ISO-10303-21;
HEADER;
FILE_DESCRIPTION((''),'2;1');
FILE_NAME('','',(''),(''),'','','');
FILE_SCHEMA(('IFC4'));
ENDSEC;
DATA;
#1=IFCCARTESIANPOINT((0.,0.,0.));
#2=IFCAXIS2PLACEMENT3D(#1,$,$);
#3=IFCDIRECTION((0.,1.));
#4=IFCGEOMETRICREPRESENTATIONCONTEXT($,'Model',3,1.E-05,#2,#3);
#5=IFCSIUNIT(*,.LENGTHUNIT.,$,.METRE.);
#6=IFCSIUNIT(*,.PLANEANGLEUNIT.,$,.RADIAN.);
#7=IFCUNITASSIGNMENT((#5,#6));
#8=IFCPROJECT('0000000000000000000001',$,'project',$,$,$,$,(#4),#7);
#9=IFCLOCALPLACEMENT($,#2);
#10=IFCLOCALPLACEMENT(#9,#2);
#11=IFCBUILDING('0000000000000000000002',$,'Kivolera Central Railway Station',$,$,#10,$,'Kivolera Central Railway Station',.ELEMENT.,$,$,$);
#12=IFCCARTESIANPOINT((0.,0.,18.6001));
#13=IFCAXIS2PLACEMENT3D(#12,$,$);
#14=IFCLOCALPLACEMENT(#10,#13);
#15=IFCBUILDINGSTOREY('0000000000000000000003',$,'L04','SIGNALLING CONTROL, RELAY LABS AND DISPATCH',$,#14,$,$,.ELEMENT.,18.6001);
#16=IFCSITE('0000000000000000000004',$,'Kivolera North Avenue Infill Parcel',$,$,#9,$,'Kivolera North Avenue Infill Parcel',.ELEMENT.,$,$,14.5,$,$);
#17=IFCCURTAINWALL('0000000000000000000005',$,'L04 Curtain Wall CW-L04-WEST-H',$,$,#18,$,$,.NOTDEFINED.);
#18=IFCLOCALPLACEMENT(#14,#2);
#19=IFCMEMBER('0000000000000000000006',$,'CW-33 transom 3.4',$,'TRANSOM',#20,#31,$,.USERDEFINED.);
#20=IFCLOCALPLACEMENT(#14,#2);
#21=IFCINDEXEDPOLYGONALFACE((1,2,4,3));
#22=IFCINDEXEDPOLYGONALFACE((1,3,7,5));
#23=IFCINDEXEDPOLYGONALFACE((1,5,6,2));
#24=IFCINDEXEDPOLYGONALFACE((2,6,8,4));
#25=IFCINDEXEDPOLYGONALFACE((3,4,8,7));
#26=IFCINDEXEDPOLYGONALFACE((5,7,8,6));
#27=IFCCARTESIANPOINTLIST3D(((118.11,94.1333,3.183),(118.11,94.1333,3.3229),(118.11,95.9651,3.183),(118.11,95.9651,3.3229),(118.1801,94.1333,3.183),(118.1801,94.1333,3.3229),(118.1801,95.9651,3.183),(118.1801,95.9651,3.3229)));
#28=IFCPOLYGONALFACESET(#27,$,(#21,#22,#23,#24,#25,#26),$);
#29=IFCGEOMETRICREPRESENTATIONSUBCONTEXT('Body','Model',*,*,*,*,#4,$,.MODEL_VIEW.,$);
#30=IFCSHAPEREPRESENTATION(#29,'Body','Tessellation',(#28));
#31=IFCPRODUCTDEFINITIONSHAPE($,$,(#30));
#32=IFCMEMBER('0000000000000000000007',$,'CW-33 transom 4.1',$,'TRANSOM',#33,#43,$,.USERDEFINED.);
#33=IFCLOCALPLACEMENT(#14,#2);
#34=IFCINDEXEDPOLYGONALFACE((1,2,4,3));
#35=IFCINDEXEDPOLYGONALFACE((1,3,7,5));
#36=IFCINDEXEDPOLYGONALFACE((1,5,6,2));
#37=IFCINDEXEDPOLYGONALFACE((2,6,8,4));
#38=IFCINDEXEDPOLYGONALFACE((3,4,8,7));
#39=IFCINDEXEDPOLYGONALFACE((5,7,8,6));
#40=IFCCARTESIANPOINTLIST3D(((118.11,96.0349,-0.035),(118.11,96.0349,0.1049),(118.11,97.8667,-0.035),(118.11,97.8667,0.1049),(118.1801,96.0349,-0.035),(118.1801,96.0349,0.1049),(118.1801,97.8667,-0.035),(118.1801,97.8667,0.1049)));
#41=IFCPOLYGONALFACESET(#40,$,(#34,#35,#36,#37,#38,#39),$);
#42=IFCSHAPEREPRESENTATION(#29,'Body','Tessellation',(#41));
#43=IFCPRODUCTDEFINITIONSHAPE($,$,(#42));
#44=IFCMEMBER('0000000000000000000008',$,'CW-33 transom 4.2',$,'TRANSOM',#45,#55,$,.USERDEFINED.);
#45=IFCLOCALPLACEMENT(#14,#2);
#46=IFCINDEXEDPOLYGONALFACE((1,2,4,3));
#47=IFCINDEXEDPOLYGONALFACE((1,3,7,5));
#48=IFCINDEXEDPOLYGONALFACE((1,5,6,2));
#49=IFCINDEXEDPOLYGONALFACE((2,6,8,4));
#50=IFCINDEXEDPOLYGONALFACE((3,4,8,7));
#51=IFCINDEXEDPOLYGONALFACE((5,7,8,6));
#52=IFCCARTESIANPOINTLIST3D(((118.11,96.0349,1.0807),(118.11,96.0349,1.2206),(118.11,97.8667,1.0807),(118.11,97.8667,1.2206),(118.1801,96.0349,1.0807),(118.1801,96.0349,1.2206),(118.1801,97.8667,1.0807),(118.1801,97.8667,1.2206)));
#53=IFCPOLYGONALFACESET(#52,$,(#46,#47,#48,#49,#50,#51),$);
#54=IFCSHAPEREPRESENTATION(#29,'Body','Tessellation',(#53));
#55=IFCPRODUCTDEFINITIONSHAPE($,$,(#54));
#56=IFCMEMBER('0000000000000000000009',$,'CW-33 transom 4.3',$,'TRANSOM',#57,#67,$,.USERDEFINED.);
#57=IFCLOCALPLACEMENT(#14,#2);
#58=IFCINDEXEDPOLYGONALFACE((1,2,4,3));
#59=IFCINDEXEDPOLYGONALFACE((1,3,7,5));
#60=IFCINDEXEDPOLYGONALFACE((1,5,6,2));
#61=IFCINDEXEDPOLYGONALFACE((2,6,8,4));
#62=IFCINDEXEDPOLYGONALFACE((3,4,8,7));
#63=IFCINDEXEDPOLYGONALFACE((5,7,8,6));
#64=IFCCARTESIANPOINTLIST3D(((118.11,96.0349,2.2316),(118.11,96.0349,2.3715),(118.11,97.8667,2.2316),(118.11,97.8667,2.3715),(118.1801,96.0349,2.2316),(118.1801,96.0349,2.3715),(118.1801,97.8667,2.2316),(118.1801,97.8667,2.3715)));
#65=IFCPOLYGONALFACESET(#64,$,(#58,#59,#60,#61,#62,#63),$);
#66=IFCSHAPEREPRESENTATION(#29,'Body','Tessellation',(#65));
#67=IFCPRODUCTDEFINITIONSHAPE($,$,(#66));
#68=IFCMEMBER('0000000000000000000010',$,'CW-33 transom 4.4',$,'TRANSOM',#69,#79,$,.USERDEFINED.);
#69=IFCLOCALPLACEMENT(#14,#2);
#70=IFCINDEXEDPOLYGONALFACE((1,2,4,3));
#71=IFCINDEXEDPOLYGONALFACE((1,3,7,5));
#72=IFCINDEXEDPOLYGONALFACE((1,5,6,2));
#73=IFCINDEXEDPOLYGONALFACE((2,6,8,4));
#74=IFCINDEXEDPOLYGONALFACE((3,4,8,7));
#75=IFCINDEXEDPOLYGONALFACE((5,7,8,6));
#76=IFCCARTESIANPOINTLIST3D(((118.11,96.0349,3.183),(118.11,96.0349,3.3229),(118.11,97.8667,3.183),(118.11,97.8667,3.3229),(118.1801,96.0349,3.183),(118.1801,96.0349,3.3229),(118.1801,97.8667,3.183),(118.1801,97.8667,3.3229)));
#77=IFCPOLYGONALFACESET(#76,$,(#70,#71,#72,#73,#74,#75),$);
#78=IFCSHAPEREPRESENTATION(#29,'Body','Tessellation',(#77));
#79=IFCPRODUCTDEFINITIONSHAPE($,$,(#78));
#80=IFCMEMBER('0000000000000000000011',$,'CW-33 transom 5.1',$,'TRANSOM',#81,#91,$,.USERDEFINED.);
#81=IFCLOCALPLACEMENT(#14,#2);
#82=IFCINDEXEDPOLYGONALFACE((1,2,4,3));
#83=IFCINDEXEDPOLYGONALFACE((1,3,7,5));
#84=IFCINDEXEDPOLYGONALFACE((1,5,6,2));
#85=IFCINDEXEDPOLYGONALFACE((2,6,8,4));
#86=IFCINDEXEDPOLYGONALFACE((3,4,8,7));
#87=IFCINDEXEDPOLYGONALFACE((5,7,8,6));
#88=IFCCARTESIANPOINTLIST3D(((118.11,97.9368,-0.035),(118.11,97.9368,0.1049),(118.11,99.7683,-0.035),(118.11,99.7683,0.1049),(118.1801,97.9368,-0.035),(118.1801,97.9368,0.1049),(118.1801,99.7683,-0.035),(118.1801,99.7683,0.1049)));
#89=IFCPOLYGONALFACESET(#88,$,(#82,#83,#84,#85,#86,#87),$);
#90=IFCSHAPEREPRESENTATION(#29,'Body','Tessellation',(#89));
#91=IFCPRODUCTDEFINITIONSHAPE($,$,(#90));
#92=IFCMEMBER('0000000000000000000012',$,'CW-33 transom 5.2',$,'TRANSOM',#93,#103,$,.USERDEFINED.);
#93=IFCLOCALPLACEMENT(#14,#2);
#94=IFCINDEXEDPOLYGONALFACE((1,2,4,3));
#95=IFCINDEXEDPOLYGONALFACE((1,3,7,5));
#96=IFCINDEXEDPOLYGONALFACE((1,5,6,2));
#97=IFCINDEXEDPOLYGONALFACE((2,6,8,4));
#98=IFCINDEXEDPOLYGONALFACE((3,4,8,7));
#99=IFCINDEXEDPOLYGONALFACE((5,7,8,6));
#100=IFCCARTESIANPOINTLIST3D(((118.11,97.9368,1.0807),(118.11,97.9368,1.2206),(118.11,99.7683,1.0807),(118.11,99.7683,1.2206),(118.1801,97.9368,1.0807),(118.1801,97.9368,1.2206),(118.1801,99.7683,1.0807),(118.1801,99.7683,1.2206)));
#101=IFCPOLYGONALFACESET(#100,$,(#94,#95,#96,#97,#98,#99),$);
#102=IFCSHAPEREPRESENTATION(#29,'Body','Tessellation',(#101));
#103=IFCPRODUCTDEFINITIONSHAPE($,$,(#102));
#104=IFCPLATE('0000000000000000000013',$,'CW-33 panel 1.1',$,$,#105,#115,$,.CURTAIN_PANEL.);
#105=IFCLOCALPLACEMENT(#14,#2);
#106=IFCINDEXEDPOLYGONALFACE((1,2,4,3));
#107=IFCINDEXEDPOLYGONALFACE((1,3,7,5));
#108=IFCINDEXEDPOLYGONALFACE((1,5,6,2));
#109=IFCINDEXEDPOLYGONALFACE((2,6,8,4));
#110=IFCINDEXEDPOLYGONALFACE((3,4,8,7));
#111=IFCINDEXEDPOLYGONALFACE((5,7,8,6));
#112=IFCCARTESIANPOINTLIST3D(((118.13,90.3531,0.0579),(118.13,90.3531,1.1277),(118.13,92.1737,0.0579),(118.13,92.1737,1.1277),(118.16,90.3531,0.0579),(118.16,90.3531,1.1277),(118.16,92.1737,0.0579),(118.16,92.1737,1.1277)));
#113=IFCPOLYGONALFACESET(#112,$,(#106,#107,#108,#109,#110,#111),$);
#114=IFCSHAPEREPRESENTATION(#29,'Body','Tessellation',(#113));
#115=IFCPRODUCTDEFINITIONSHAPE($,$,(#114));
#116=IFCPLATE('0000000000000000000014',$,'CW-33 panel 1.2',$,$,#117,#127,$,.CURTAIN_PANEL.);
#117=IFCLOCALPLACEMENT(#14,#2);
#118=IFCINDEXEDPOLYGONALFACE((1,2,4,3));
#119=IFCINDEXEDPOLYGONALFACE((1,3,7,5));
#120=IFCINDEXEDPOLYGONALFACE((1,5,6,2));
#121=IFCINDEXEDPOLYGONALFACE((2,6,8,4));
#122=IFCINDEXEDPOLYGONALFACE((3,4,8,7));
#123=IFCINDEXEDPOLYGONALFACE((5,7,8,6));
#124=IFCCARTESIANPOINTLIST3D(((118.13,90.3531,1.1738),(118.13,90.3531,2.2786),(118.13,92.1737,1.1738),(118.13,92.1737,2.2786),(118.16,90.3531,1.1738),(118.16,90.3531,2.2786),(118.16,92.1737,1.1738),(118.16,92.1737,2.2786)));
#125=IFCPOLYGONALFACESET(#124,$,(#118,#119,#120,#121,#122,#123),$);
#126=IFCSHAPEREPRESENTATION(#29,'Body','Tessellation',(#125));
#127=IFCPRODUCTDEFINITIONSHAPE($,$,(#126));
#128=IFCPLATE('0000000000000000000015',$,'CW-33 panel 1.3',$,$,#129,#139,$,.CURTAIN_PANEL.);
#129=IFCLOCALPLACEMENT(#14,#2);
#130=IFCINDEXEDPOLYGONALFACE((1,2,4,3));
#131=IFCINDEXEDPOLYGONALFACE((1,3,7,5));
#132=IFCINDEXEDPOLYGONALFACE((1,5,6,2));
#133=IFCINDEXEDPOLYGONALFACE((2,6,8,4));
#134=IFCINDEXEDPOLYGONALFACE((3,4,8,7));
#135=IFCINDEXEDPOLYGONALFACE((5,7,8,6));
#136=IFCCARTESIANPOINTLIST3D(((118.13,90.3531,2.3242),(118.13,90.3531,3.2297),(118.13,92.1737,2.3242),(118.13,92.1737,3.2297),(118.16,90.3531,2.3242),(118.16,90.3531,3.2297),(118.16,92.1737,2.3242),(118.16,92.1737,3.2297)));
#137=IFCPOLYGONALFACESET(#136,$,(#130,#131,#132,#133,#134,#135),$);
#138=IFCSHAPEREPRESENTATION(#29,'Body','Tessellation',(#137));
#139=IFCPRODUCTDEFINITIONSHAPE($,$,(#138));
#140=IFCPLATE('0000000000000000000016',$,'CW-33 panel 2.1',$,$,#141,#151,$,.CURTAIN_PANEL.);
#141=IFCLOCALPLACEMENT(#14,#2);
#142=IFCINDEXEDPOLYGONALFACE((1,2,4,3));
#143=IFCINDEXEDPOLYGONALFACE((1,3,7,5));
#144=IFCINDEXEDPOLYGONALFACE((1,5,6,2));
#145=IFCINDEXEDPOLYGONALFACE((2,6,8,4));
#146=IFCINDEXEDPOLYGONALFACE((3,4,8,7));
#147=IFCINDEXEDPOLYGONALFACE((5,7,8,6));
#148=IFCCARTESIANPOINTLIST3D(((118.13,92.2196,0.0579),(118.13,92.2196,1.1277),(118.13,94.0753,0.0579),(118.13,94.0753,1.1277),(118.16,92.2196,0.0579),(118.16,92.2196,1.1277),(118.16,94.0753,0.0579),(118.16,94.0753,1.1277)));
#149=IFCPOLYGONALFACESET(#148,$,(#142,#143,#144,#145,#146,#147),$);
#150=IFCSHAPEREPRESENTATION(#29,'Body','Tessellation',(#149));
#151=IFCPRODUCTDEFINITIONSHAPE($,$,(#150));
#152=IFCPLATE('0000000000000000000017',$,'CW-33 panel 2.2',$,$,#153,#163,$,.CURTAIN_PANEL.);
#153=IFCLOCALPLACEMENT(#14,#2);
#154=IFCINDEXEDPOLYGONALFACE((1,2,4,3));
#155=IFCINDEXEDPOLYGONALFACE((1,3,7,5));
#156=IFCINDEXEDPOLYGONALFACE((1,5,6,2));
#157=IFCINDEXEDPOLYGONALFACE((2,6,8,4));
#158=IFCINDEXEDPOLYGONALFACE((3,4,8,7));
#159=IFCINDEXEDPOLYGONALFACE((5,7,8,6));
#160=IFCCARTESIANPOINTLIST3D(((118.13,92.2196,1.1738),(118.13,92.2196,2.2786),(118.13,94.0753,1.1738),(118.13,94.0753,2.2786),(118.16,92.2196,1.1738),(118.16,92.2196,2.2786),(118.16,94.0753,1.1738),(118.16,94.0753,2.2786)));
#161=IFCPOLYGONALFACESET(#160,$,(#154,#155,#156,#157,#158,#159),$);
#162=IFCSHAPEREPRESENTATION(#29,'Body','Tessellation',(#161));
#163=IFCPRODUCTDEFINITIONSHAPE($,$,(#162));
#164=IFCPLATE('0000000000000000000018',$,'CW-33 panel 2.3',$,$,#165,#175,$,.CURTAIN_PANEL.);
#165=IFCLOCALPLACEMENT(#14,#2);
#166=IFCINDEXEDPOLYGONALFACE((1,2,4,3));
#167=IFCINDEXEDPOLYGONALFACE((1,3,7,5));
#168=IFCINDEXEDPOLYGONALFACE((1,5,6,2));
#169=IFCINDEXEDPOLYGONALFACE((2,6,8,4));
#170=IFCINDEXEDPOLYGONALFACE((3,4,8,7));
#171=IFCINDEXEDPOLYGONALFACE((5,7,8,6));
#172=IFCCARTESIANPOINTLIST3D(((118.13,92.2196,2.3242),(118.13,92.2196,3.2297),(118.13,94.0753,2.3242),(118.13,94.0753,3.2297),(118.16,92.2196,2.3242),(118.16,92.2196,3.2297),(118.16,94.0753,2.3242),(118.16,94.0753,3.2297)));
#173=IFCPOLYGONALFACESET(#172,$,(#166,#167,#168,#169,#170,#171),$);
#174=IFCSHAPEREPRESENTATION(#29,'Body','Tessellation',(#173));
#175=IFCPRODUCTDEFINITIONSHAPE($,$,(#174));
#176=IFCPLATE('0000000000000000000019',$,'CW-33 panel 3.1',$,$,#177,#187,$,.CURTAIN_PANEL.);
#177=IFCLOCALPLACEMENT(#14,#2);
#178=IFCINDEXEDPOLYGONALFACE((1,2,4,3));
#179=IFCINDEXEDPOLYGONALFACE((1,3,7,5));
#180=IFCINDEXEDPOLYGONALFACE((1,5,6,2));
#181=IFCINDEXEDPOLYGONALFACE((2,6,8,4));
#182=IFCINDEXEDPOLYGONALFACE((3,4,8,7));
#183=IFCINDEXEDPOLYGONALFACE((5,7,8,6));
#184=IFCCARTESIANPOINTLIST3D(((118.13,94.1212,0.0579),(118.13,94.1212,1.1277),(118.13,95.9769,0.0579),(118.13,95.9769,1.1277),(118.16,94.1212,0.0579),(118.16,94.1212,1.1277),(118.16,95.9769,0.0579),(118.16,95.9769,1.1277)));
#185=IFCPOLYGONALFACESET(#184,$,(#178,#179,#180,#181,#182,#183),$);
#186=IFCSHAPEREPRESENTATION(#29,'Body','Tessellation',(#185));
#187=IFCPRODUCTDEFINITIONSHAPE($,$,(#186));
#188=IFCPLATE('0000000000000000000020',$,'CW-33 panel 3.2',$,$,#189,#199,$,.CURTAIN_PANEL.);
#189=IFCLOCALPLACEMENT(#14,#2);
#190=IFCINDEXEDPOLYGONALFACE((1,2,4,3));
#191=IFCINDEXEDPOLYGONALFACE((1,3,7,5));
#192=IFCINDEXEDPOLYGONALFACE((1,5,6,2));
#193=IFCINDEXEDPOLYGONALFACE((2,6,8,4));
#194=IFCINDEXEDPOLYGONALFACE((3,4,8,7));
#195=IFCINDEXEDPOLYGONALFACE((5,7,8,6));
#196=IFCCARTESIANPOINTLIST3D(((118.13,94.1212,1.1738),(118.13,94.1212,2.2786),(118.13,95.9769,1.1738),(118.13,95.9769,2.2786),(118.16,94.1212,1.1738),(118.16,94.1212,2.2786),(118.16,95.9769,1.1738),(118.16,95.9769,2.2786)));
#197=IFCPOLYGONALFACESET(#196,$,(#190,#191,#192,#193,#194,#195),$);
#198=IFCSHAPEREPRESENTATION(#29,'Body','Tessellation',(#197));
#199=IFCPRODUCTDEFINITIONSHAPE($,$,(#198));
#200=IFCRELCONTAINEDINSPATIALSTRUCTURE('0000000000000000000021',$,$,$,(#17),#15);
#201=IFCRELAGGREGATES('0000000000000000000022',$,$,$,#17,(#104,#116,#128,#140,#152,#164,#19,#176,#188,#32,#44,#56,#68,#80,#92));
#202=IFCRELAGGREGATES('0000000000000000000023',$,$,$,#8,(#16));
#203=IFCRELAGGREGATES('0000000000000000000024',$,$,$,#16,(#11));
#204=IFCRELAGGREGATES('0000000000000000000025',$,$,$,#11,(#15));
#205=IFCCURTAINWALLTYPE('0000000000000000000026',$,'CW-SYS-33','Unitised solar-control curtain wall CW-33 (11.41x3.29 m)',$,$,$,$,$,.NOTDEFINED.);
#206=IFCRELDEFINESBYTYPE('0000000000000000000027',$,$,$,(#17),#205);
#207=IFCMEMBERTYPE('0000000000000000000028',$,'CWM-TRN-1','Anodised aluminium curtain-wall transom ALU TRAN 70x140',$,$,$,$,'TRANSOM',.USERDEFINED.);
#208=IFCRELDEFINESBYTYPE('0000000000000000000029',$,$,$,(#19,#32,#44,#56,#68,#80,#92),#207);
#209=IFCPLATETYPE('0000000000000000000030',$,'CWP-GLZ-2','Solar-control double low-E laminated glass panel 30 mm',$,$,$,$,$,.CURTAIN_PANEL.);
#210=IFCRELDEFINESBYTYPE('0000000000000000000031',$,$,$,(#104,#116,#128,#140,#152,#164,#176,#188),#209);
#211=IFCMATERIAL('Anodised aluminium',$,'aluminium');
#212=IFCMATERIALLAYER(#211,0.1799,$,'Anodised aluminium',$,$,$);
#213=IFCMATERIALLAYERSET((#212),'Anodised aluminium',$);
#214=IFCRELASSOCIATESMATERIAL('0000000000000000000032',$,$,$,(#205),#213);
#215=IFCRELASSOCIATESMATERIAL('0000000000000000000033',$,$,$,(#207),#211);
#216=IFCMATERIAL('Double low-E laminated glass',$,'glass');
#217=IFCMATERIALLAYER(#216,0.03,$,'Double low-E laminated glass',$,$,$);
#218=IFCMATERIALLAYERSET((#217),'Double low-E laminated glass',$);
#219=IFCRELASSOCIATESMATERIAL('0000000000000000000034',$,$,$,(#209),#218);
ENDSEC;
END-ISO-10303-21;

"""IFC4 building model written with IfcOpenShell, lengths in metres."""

from ifc_helpers import new_model, si_unit, direction, frame, origin, origin_2d, place, context, subcontext, project, spatial, rectangle, extrude, material, layer, layer_set, material_profile, profile_set, type_object, element, aggregate, save


model = new_model("IFC4")

# Units and contexts
model_context = context("Model", 3, precision=1e-05, world=origin(), true_north=direction((0.0, 1.0)))
body_context = subcontext(model_context, "Body", "Model", "MODEL_VIEW")
ifc_project = project(units=[si_unit("LENGTHUNIT", "METRE"), si_unit("PLANEANGLEUNIT", "RADIAN")], contexts=[model_context])

# Site, building, storey
site_placement = place(None, origin())
site = spatial("IfcSite", under=ifc_project, at=site_placement, Name="Kivolera North Avenue Infill Parcel", LongName="Kivolera North Avenue Infill Parcel", CompositionType="ELEMENT", RefElevation=14.5)
building_placement = place(site_placement, origin())
building = spatial("IfcBuilding", under=site, at=building_placement, Name="Kivolera Central Railway Station", LongName="Kivolera Central Railway Station", CompositionType="ELEMENT")
storey_placement = place(building_placement, frame((0.0, 0.0, 18.6001)))
storey = spatial("IfcBuildingStorey", under=building, at=storey_placement, Name="L04", Description="SIGNALLING CONTROL, RELAY LABS AND DISPATCH", CompositionType="ELEMENT", Elevation=18.6001)

# Curtain wall, members, plates
ifc_material_1 = material(Name="Anodised aluminium", Category="aluminium")
ifc_layer_1 = layer(ifc_material_1, 0.1799, Name="Anodised aluminium")
ifc_layer_set_1 = layer_set([ifc_layer_1], Name="Anodised aluminium")
curtain_wall_type = type_object("IfcCurtainWallType", Name="CW-SYS-33", Description="Unitised solar-control curtain wall CW-33 (11.41x3.29 m)", PredefinedType="NOTDEFINED", material=ifc_layer_set_1)
curtain_wall_placement = place(storey_placement, origin())
curtain_wall = element("IfcCurtainWall", 1, at=curtain_wall_placement, inside=storey, type_object=curtain_wall_type, Name="L04 Curtain Wall CW-L04-WEST-H", PredefinedType="NOTDEFINED")
ifc_material_profile_1 = material_profile(ifc_material_1, rectangle(XDim=0.0701, YDim=0.1399, at=origin_2d()), Name="ALU TRAN 70x140")
ifc_profile_set_1 = profile_set([ifc_material_profile_1], Name="Anodised aluminium")
member_type_1 = type_object("IfcMemberType", Name="CWM-TRN-1", Description="Anodised aluminium curtain-wall transom ALU TRAN 70x140", ElementType="TRANSOM", PredefinedType="USERDEFINED", material=ifc_profile_set_1)
member_1_placement = place(storey_placement, frame((118.145, 94.1333, 3.2529), z_axis=(0.0, 1.0, 0.0), x_axis=(-1.0, 0.0, 0.0)))
member_1 = element("IfcMember", 2, at=member_1_placement, type_object=member_type_1, Name="CW-33 transom 3.4", ObjectType="TRANSOM", PredefinedType="USERDEFINED", context=body_context, shape_type="SweptSolid", body=[
    extrude(rectangle(XDim=0.0701, YDim=0.1399, at=origin_2d()), origin(), (0.0, 0.0, 1.0), 1.8318),
])
member_2_placement = place(storey_placement, frame((118.145, 96.0349, 0.0349), z_axis=(0.0, 1.0, 0.0), x_axis=(-1.0, 0.0, 0.0)))
member_2 = element("IfcMember", 3, at=member_2_placement, type_object=member_type_1, Name="CW-33 transom 4.1", ObjectType="TRANSOM", PredefinedType="USERDEFINED", context=body_context, shape_type="SweptSolid", body=[
    extrude(rectangle(XDim=0.0701, YDim=0.1399, at=origin_2d()), origin(), (0.0, 0.0, 1.0), 1.8318),
])
member_3_placement = place(storey_placement, frame((118.145, 96.0349, 1.1506), z_axis=(0.0, 1.0, 0.0), x_axis=(-1.0, 0.0, 0.0)))
member_3 = element("IfcMember", 4, at=member_3_placement, type_object=member_type_1, Name="CW-33 transom 4.2", ObjectType="TRANSOM", PredefinedType="USERDEFINED", context=body_context, shape_type="SweptSolid", body=[
    extrude(rectangle(XDim=0.0701, YDim=0.1399, at=origin_2d()), origin(), (0.0, 0.0, 1.0), 1.8318),
])
member_4_placement = place(storey_placement, frame((118.145, 96.0349, 2.3015), z_axis=(0.0, 1.0, 0.0), x_axis=(-1.0, 0.0, 0.0)))
member_4 = element("IfcMember", 5, at=member_4_placement, type_object=member_type_1, Name="CW-33 transom 4.3", ObjectType="TRANSOM", PredefinedType="USERDEFINED", context=body_context, shape_type="SweptSolid", body=[
    extrude(rectangle(XDim=0.0701, YDim=0.1399, at=origin_2d()), origin(), (0.0, 0.0, 1.0), 1.8318),
])
member_5_placement = place(storey_placement, frame((118.145, 96.0349, 3.2529), z_axis=(0.0, 1.0, 0.0), x_axis=(-1.0, 0.0, 0.0)))
member_5 = element("IfcMember", 6, at=member_5_placement, type_object=member_type_1, Name="CW-33 transom 4.4", ObjectType="TRANSOM", PredefinedType="USERDEFINED", context=body_context, shape_type="SweptSolid", body=[
    extrude(rectangle(XDim=0.0701, YDim=0.1399, at=origin_2d()), origin(), (0.0, 0.0, 1.0), 1.8318),
])
member_6_placement = place(storey_placement, frame((118.145, 97.9368, 0.0349), z_axis=(0.0, 1.0, 0.0), x_axis=(-1.0, 0.0, 0.0)))
member_6 = element("IfcMember", 7, at=member_6_placement, type_object=member_type_1, Name="CW-33 transom 5.1", ObjectType="TRANSOM", PredefinedType="USERDEFINED", context=body_context, shape_type="SweptSolid", body=[
    extrude(rectangle(XDim=0.0701, YDim=0.1399, at=origin_2d()), origin(), (0.0, 0.0, 1.0), 1.8315),
])
member_7_placement = place(storey_placement, frame((118.145, 97.9368, 1.1506), z_axis=(0.0, 1.0, 0.0), x_axis=(-1.0, 0.0, 0.0)))
member_7 = element("IfcMember", 8, at=member_7_placement, type_object=member_type_1, Name="CW-33 transom 5.2", ObjectType="TRANSOM", PredefinedType="USERDEFINED", context=body_context, shape_type="SweptSolid", body=[
    extrude(rectangle(XDim=0.0701, YDim=0.1399, at=origin_2d()), origin(), (0.0, 0.0, 1.0), 1.8315),
])
ifc_material_2 = material(Name="Double low-E laminated glass", Category="glass")
ifc_layer_2 = layer(ifc_material_2, 0.03, Name="Double low-E laminated glass")
ifc_layer_set_2 = layer_set([ifc_layer_2], Name="Double low-E laminated glass")
plate_type = type_object("IfcPlateType", Name="CWP-GLZ-2", Description="Solar-control double low-E laminated glass panel 30 mm", PredefinedType="CURTAIN_PANEL", material=ifc_layer_set_2)
plate_1_placement = place(storey_placement, frame((118.145, 91.2634, 0.0579), z_axis=(0.0, 0.0, 1.0), x_axis=(0.0, 1.0, 0.0)))
plate_1 = element("IfcPlate", 9, at=plate_1_placement, type_object=plate_type, Name="CW-33 panel 1.1", PredefinedType="CURTAIN_PANEL", context=body_context, shape_type="SweptSolid", body=[
    extrude(rectangle(XDim=1.8206, YDim=0.03, at=origin_2d()), origin(), (0.0, 0.0, 1.0), 1.0698),
])
plate_2_placement = place(storey_placement, frame((118.145, 91.2634, 1.1738), z_axis=(0.0, 0.0, 1.0), x_axis=(0.0, 1.0, 0.0)))
plate_2 = element("IfcPlate", 10, at=plate_2_placement, type_object=plate_type, Name="CW-33 panel 1.2", PredefinedType="CURTAIN_PANEL", context=body_context, shape_type="SweptSolid", body=[
    extrude(rectangle(XDim=1.8206, YDim=0.03, at=origin_2d()), origin(), (0.0, 0.0, 1.0), 1.1047),
])
plate_3_placement = place(storey_placement, frame((118.145, 91.2634, 2.3242), z_axis=(0.0, 0.0, 1.0), x_axis=(0.0, 1.0, 0.0)))
plate_3 = element("IfcPlate", 11, at=plate_3_placement, type_object=plate_type, Name="CW-33 panel 1.3", PredefinedType="CURTAIN_PANEL", context=body_context, shape_type="SweptSolid", body=[
    extrude(rectangle(XDim=1.8206, YDim=0.03, at=origin_2d()), origin(), (0.0, 0.0, 1.0), 0.9055),
])
plate_4_placement = place(storey_placement, frame((118.145, 93.1475, 0.0579), z_axis=(0.0, 0.0, 1.0), x_axis=(0.0, 1.0, 0.0)))
plate_4 = element("IfcPlate", 12, at=plate_4_placement, type_object=plate_type, Name="CW-33 panel 2.1", PredefinedType="CURTAIN_PANEL", context=body_context, shape_type="SweptSolid", body=[
    extrude(rectangle(XDim=1.8557, YDim=0.03, at=origin_2d()), origin(), (0.0, 0.0, 1.0), 1.0698),
])
plate_5_placement = place(storey_placement, frame((118.145, 93.1475, 1.1738), z_axis=(0.0, 0.0, 1.0), x_axis=(0.0, 1.0, 0.0)))
plate_5 = element("IfcPlate", 13, at=plate_5_placement, type_object=plate_type, Name="CW-33 panel 2.2", PredefinedType="CURTAIN_PANEL", context=body_context, shape_type="SweptSolid", body=[
    extrude(rectangle(XDim=1.8557, YDim=0.03, at=origin_2d()), origin(), (0.0, 0.0, 1.0), 1.1047),
])
plate_6_placement = place(storey_placement, frame((118.145, 93.1475, 2.3242), z_axis=(0.0, 0.0, 1.0), x_axis=(0.0, 1.0, 0.0)))
plate_6 = element("IfcPlate", 14, at=plate_6_placement, type_object=plate_type, Name="CW-33 panel 2.3", PredefinedType="CURTAIN_PANEL", context=body_context, shape_type="SweptSolid", body=[
    extrude(rectangle(XDim=1.8557, YDim=0.03, at=origin_2d()), origin(), (0.0, 0.0, 1.0), 0.9055),
])
plate_7_placement = place(storey_placement, frame((118.145, 95.0491, 0.0579), z_axis=(0.0, 0.0, 1.0), x_axis=(0.0, 1.0, 0.0)))
plate_7 = element("IfcPlate", 15, at=plate_7_placement, type_object=plate_type, Name="CW-33 panel 3.1", PredefinedType="CURTAIN_PANEL", context=body_context, shape_type="SweptSolid", body=[
    extrude(rectangle(XDim=1.8557, YDim=0.03, at=origin_2d()), origin(), (0.0, 0.0, 1.0), 1.0698),
])
plate_8_placement = place(storey_placement, frame((118.145, 95.0491, 1.1738), z_axis=(0.0, 0.0, 1.0), x_axis=(0.0, 1.0, 0.0)))
plate_8 = element("IfcPlate", 16, at=plate_8_placement, type_object=plate_type, Name="CW-33 panel 3.2", PredefinedType="CURTAIN_PANEL", context=body_context, shape_type="SweptSolid", body=[
    extrude(rectangle(XDim=1.8557, YDim=0.03, at=origin_2d()), origin(), (0.0, 0.0, 1.0), 1.1047),
])
aggregate(curtain_wall, [plate_1, plate_2, plate_3, plate_4, plate_5, plate_6, member_1, plate_7, plate_8, member_2, member_3, member_4, member_5, member_6, member_7])

save(model, "model.ifc")
